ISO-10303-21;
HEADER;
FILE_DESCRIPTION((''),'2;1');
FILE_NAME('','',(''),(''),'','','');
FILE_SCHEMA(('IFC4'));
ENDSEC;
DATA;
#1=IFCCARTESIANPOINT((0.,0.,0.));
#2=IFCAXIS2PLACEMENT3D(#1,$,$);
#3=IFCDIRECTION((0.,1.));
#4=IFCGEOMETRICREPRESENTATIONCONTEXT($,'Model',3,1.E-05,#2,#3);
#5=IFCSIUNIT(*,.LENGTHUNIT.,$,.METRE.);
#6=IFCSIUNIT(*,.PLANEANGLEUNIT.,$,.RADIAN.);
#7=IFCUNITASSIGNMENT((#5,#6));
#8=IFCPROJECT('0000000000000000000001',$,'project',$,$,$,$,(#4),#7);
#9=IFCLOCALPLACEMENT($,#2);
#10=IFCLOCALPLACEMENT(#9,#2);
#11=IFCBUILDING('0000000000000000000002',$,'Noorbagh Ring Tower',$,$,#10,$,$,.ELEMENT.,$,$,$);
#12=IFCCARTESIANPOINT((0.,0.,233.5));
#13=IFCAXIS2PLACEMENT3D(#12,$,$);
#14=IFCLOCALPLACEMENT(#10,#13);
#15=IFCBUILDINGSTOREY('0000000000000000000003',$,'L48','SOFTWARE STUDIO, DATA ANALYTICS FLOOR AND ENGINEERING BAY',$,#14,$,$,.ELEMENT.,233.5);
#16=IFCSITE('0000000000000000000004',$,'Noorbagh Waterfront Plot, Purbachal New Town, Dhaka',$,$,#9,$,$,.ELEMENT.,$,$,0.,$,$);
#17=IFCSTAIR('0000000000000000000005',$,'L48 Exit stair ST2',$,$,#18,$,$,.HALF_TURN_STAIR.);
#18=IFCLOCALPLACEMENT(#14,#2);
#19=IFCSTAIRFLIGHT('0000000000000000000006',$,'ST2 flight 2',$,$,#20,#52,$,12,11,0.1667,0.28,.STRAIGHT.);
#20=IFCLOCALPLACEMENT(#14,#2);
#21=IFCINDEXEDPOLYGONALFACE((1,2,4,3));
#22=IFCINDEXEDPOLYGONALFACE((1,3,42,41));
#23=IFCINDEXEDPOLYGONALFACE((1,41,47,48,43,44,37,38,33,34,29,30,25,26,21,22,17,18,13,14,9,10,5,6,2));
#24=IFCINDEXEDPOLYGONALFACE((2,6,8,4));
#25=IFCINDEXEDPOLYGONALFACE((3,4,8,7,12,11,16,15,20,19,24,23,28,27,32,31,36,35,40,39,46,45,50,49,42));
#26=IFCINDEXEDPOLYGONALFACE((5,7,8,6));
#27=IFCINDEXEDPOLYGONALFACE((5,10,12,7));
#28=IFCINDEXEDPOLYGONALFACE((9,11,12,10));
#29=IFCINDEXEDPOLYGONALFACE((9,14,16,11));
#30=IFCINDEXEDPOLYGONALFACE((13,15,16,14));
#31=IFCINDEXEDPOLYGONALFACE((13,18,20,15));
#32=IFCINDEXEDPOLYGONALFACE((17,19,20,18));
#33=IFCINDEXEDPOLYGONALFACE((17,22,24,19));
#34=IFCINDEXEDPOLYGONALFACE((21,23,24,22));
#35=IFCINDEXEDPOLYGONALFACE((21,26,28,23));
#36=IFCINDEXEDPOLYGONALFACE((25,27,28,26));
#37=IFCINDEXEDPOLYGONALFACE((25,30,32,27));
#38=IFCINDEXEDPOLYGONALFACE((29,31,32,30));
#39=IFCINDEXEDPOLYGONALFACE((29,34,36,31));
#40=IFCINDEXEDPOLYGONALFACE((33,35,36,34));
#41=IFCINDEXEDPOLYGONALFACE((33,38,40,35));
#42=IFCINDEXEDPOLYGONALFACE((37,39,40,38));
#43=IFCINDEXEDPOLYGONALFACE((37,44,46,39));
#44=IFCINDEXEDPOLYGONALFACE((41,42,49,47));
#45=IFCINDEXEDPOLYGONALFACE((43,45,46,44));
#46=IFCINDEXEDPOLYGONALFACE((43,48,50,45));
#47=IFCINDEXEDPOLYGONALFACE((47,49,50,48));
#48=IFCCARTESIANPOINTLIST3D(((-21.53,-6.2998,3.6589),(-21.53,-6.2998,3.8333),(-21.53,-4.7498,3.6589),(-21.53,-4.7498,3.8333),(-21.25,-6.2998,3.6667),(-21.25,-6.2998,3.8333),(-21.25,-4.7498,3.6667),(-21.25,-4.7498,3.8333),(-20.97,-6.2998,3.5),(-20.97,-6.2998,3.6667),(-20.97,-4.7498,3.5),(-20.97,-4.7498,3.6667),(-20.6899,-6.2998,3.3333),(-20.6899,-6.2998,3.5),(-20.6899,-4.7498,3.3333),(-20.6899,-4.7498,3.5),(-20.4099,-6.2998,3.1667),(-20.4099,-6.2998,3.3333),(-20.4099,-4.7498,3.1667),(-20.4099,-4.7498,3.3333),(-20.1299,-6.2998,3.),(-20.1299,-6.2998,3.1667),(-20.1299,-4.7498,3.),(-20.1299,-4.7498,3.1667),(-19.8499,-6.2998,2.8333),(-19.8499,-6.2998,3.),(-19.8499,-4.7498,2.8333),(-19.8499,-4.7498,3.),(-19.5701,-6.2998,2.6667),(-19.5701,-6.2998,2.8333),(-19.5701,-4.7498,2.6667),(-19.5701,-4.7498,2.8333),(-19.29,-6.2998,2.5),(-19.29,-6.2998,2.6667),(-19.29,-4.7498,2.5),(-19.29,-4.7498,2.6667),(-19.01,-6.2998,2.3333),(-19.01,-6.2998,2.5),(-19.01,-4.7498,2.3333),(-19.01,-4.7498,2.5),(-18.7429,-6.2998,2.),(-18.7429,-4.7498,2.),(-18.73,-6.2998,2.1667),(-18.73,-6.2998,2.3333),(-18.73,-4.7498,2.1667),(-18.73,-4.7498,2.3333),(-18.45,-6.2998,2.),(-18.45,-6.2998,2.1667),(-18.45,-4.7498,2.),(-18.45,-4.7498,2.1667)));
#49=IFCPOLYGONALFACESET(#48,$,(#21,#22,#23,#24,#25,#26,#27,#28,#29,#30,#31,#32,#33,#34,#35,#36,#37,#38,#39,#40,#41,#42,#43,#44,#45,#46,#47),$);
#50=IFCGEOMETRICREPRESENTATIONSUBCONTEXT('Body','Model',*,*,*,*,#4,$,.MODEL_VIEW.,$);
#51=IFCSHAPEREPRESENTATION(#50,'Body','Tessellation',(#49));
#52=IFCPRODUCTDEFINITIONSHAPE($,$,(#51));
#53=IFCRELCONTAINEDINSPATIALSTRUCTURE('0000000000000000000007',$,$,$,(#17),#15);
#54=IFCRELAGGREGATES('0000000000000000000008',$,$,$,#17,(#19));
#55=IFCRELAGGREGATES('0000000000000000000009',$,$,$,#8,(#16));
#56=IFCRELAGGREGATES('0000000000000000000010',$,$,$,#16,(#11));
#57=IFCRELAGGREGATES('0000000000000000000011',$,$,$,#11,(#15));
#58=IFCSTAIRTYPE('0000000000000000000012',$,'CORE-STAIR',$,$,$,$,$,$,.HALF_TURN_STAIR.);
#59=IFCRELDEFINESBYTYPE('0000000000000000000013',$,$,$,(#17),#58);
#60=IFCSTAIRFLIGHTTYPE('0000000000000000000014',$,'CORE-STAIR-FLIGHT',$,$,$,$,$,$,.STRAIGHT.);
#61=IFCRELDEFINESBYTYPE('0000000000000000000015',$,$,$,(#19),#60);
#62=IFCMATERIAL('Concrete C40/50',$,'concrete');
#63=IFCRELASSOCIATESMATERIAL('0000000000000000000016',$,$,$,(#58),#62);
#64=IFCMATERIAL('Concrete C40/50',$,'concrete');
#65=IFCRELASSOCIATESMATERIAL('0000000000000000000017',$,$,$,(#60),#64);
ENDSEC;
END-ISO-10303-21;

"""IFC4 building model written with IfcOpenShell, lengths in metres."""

from ifc_helpers import new_model, si_unit, direction, frame, origin, place, context, subcontext, project, spatial, polyline, outline, extrude, material, type_object, element, aggregate, save


model = new_model("IFC4")

# Units and contexts
model_context = context("Model", 3, precision=1e-05, world=origin(), true_north=direction((0.0, 1.0)))
body_context = subcontext(model_context, "Body", "Model", "MODEL_VIEW")
ifc_project = project(units=[si_unit("LENGTHUNIT", "METRE"), si_unit("PLANEANGLEUNIT", "RADIAN")], contexts=[model_context])

# Site, building, storey
site_placement = place(None, origin())
site = spatial("IfcSite", under=ifc_project, at=site_placement, Name="Noorbagh Waterfront Plot, Purbachal New Town, Dhaka", CompositionType="ELEMENT", RefElevation=0.0)
building_placement = place(site_placement, origin())
building = spatial("IfcBuilding", under=site, at=building_placement, Name="Noorbagh Ring Tower", CompositionType="ELEMENT")
storey_placement = place(building_placement, frame((0.0, 0.0, 233.5)))
storey = spatial("IfcBuildingStorey", under=building, at=storey_placement, Name="L48", Description="SOFTWARE STUDIO, DATA ANALYTICS FLOOR AND ENGINEERING BAY", CompositionType="ELEMENT", Elevation=233.5)

# Stair, stair flight
ifc_material_1 = material(Name="Concrete C40/50", Category="concrete")
stair_type = type_object("IfcStairType", Name="CORE-STAIR", PredefinedType="HALF_TURN_STAIR", material=ifc_material_1)
stair_placement = place(storey_placement, origin())
stair = element("IfcStair", 1, at=stair_placement, inside=storey, type_object=stair_type, Name="L48 Exit stair ST2", PredefinedType="HALF_TURN_STAIR")
ifc_material_2 = material(Name="Concrete C40/50", Category="concrete")
stair_flight_type = type_object("IfcStairFlightType", Name="CORE-STAIR-FLIGHT", PredefinedType="STRAIGHT", material=ifc_material_2)
stair_flight_placement = place(storey_placement, frame((-18.45, -5.5249, 2.0), z_axis=(0.0, 0.0, 1.0), x_axis=(-1.0, 0.0, 0.0)))
stair_flight = element("IfcStairFlight", 2, at=stair_flight_placement, type_object=stair_flight_type, Name="ST2 flight 2", NumberOfRisers=12, NumberOfTreads=11, PredefinedType="STRAIGHT", RiserHeight=0.1667, TreadLength=0.28, context=body_context, shape_type="SweptSolid", body=[
    extrude(outline(polyline([(0.0, 0.0), (0.0, 0.1667), (0.28, 0.1667), (0.28, 0.3333), (0.5601, 0.3333), (0.5601, 0.5), (0.8401, 0.5), (0.8401, 0.6667), (1.1201, 0.6667), (1.1201, 0.8333), (1.3999, 0.8333), (1.3999, 1.0), (1.6799, 1.0), (1.6799, 1.1667), (1.96, 1.1667), (1.96, 1.3333), (2.24, 1.3333), (2.24, 1.5), (2.52, 1.5), (2.52, 1.6667), (2.8, 1.6667), (2.8, 1.8333), (3.0801, 1.8333), (3.0801, 2.0), (3.0801, 1.6589), (0.293, 0.0), (0.0, 0.0)])), frame((0.0, 0.7749, 0.0), z_axis=(0.0, -1.0, 0.0), x_axis=(1.0, 0.0, 0.0)), (0.0, 0.0, 1.0), 1.55),
])
aggregate(stair, [stair_flight])

save(model, "model.ifc")
